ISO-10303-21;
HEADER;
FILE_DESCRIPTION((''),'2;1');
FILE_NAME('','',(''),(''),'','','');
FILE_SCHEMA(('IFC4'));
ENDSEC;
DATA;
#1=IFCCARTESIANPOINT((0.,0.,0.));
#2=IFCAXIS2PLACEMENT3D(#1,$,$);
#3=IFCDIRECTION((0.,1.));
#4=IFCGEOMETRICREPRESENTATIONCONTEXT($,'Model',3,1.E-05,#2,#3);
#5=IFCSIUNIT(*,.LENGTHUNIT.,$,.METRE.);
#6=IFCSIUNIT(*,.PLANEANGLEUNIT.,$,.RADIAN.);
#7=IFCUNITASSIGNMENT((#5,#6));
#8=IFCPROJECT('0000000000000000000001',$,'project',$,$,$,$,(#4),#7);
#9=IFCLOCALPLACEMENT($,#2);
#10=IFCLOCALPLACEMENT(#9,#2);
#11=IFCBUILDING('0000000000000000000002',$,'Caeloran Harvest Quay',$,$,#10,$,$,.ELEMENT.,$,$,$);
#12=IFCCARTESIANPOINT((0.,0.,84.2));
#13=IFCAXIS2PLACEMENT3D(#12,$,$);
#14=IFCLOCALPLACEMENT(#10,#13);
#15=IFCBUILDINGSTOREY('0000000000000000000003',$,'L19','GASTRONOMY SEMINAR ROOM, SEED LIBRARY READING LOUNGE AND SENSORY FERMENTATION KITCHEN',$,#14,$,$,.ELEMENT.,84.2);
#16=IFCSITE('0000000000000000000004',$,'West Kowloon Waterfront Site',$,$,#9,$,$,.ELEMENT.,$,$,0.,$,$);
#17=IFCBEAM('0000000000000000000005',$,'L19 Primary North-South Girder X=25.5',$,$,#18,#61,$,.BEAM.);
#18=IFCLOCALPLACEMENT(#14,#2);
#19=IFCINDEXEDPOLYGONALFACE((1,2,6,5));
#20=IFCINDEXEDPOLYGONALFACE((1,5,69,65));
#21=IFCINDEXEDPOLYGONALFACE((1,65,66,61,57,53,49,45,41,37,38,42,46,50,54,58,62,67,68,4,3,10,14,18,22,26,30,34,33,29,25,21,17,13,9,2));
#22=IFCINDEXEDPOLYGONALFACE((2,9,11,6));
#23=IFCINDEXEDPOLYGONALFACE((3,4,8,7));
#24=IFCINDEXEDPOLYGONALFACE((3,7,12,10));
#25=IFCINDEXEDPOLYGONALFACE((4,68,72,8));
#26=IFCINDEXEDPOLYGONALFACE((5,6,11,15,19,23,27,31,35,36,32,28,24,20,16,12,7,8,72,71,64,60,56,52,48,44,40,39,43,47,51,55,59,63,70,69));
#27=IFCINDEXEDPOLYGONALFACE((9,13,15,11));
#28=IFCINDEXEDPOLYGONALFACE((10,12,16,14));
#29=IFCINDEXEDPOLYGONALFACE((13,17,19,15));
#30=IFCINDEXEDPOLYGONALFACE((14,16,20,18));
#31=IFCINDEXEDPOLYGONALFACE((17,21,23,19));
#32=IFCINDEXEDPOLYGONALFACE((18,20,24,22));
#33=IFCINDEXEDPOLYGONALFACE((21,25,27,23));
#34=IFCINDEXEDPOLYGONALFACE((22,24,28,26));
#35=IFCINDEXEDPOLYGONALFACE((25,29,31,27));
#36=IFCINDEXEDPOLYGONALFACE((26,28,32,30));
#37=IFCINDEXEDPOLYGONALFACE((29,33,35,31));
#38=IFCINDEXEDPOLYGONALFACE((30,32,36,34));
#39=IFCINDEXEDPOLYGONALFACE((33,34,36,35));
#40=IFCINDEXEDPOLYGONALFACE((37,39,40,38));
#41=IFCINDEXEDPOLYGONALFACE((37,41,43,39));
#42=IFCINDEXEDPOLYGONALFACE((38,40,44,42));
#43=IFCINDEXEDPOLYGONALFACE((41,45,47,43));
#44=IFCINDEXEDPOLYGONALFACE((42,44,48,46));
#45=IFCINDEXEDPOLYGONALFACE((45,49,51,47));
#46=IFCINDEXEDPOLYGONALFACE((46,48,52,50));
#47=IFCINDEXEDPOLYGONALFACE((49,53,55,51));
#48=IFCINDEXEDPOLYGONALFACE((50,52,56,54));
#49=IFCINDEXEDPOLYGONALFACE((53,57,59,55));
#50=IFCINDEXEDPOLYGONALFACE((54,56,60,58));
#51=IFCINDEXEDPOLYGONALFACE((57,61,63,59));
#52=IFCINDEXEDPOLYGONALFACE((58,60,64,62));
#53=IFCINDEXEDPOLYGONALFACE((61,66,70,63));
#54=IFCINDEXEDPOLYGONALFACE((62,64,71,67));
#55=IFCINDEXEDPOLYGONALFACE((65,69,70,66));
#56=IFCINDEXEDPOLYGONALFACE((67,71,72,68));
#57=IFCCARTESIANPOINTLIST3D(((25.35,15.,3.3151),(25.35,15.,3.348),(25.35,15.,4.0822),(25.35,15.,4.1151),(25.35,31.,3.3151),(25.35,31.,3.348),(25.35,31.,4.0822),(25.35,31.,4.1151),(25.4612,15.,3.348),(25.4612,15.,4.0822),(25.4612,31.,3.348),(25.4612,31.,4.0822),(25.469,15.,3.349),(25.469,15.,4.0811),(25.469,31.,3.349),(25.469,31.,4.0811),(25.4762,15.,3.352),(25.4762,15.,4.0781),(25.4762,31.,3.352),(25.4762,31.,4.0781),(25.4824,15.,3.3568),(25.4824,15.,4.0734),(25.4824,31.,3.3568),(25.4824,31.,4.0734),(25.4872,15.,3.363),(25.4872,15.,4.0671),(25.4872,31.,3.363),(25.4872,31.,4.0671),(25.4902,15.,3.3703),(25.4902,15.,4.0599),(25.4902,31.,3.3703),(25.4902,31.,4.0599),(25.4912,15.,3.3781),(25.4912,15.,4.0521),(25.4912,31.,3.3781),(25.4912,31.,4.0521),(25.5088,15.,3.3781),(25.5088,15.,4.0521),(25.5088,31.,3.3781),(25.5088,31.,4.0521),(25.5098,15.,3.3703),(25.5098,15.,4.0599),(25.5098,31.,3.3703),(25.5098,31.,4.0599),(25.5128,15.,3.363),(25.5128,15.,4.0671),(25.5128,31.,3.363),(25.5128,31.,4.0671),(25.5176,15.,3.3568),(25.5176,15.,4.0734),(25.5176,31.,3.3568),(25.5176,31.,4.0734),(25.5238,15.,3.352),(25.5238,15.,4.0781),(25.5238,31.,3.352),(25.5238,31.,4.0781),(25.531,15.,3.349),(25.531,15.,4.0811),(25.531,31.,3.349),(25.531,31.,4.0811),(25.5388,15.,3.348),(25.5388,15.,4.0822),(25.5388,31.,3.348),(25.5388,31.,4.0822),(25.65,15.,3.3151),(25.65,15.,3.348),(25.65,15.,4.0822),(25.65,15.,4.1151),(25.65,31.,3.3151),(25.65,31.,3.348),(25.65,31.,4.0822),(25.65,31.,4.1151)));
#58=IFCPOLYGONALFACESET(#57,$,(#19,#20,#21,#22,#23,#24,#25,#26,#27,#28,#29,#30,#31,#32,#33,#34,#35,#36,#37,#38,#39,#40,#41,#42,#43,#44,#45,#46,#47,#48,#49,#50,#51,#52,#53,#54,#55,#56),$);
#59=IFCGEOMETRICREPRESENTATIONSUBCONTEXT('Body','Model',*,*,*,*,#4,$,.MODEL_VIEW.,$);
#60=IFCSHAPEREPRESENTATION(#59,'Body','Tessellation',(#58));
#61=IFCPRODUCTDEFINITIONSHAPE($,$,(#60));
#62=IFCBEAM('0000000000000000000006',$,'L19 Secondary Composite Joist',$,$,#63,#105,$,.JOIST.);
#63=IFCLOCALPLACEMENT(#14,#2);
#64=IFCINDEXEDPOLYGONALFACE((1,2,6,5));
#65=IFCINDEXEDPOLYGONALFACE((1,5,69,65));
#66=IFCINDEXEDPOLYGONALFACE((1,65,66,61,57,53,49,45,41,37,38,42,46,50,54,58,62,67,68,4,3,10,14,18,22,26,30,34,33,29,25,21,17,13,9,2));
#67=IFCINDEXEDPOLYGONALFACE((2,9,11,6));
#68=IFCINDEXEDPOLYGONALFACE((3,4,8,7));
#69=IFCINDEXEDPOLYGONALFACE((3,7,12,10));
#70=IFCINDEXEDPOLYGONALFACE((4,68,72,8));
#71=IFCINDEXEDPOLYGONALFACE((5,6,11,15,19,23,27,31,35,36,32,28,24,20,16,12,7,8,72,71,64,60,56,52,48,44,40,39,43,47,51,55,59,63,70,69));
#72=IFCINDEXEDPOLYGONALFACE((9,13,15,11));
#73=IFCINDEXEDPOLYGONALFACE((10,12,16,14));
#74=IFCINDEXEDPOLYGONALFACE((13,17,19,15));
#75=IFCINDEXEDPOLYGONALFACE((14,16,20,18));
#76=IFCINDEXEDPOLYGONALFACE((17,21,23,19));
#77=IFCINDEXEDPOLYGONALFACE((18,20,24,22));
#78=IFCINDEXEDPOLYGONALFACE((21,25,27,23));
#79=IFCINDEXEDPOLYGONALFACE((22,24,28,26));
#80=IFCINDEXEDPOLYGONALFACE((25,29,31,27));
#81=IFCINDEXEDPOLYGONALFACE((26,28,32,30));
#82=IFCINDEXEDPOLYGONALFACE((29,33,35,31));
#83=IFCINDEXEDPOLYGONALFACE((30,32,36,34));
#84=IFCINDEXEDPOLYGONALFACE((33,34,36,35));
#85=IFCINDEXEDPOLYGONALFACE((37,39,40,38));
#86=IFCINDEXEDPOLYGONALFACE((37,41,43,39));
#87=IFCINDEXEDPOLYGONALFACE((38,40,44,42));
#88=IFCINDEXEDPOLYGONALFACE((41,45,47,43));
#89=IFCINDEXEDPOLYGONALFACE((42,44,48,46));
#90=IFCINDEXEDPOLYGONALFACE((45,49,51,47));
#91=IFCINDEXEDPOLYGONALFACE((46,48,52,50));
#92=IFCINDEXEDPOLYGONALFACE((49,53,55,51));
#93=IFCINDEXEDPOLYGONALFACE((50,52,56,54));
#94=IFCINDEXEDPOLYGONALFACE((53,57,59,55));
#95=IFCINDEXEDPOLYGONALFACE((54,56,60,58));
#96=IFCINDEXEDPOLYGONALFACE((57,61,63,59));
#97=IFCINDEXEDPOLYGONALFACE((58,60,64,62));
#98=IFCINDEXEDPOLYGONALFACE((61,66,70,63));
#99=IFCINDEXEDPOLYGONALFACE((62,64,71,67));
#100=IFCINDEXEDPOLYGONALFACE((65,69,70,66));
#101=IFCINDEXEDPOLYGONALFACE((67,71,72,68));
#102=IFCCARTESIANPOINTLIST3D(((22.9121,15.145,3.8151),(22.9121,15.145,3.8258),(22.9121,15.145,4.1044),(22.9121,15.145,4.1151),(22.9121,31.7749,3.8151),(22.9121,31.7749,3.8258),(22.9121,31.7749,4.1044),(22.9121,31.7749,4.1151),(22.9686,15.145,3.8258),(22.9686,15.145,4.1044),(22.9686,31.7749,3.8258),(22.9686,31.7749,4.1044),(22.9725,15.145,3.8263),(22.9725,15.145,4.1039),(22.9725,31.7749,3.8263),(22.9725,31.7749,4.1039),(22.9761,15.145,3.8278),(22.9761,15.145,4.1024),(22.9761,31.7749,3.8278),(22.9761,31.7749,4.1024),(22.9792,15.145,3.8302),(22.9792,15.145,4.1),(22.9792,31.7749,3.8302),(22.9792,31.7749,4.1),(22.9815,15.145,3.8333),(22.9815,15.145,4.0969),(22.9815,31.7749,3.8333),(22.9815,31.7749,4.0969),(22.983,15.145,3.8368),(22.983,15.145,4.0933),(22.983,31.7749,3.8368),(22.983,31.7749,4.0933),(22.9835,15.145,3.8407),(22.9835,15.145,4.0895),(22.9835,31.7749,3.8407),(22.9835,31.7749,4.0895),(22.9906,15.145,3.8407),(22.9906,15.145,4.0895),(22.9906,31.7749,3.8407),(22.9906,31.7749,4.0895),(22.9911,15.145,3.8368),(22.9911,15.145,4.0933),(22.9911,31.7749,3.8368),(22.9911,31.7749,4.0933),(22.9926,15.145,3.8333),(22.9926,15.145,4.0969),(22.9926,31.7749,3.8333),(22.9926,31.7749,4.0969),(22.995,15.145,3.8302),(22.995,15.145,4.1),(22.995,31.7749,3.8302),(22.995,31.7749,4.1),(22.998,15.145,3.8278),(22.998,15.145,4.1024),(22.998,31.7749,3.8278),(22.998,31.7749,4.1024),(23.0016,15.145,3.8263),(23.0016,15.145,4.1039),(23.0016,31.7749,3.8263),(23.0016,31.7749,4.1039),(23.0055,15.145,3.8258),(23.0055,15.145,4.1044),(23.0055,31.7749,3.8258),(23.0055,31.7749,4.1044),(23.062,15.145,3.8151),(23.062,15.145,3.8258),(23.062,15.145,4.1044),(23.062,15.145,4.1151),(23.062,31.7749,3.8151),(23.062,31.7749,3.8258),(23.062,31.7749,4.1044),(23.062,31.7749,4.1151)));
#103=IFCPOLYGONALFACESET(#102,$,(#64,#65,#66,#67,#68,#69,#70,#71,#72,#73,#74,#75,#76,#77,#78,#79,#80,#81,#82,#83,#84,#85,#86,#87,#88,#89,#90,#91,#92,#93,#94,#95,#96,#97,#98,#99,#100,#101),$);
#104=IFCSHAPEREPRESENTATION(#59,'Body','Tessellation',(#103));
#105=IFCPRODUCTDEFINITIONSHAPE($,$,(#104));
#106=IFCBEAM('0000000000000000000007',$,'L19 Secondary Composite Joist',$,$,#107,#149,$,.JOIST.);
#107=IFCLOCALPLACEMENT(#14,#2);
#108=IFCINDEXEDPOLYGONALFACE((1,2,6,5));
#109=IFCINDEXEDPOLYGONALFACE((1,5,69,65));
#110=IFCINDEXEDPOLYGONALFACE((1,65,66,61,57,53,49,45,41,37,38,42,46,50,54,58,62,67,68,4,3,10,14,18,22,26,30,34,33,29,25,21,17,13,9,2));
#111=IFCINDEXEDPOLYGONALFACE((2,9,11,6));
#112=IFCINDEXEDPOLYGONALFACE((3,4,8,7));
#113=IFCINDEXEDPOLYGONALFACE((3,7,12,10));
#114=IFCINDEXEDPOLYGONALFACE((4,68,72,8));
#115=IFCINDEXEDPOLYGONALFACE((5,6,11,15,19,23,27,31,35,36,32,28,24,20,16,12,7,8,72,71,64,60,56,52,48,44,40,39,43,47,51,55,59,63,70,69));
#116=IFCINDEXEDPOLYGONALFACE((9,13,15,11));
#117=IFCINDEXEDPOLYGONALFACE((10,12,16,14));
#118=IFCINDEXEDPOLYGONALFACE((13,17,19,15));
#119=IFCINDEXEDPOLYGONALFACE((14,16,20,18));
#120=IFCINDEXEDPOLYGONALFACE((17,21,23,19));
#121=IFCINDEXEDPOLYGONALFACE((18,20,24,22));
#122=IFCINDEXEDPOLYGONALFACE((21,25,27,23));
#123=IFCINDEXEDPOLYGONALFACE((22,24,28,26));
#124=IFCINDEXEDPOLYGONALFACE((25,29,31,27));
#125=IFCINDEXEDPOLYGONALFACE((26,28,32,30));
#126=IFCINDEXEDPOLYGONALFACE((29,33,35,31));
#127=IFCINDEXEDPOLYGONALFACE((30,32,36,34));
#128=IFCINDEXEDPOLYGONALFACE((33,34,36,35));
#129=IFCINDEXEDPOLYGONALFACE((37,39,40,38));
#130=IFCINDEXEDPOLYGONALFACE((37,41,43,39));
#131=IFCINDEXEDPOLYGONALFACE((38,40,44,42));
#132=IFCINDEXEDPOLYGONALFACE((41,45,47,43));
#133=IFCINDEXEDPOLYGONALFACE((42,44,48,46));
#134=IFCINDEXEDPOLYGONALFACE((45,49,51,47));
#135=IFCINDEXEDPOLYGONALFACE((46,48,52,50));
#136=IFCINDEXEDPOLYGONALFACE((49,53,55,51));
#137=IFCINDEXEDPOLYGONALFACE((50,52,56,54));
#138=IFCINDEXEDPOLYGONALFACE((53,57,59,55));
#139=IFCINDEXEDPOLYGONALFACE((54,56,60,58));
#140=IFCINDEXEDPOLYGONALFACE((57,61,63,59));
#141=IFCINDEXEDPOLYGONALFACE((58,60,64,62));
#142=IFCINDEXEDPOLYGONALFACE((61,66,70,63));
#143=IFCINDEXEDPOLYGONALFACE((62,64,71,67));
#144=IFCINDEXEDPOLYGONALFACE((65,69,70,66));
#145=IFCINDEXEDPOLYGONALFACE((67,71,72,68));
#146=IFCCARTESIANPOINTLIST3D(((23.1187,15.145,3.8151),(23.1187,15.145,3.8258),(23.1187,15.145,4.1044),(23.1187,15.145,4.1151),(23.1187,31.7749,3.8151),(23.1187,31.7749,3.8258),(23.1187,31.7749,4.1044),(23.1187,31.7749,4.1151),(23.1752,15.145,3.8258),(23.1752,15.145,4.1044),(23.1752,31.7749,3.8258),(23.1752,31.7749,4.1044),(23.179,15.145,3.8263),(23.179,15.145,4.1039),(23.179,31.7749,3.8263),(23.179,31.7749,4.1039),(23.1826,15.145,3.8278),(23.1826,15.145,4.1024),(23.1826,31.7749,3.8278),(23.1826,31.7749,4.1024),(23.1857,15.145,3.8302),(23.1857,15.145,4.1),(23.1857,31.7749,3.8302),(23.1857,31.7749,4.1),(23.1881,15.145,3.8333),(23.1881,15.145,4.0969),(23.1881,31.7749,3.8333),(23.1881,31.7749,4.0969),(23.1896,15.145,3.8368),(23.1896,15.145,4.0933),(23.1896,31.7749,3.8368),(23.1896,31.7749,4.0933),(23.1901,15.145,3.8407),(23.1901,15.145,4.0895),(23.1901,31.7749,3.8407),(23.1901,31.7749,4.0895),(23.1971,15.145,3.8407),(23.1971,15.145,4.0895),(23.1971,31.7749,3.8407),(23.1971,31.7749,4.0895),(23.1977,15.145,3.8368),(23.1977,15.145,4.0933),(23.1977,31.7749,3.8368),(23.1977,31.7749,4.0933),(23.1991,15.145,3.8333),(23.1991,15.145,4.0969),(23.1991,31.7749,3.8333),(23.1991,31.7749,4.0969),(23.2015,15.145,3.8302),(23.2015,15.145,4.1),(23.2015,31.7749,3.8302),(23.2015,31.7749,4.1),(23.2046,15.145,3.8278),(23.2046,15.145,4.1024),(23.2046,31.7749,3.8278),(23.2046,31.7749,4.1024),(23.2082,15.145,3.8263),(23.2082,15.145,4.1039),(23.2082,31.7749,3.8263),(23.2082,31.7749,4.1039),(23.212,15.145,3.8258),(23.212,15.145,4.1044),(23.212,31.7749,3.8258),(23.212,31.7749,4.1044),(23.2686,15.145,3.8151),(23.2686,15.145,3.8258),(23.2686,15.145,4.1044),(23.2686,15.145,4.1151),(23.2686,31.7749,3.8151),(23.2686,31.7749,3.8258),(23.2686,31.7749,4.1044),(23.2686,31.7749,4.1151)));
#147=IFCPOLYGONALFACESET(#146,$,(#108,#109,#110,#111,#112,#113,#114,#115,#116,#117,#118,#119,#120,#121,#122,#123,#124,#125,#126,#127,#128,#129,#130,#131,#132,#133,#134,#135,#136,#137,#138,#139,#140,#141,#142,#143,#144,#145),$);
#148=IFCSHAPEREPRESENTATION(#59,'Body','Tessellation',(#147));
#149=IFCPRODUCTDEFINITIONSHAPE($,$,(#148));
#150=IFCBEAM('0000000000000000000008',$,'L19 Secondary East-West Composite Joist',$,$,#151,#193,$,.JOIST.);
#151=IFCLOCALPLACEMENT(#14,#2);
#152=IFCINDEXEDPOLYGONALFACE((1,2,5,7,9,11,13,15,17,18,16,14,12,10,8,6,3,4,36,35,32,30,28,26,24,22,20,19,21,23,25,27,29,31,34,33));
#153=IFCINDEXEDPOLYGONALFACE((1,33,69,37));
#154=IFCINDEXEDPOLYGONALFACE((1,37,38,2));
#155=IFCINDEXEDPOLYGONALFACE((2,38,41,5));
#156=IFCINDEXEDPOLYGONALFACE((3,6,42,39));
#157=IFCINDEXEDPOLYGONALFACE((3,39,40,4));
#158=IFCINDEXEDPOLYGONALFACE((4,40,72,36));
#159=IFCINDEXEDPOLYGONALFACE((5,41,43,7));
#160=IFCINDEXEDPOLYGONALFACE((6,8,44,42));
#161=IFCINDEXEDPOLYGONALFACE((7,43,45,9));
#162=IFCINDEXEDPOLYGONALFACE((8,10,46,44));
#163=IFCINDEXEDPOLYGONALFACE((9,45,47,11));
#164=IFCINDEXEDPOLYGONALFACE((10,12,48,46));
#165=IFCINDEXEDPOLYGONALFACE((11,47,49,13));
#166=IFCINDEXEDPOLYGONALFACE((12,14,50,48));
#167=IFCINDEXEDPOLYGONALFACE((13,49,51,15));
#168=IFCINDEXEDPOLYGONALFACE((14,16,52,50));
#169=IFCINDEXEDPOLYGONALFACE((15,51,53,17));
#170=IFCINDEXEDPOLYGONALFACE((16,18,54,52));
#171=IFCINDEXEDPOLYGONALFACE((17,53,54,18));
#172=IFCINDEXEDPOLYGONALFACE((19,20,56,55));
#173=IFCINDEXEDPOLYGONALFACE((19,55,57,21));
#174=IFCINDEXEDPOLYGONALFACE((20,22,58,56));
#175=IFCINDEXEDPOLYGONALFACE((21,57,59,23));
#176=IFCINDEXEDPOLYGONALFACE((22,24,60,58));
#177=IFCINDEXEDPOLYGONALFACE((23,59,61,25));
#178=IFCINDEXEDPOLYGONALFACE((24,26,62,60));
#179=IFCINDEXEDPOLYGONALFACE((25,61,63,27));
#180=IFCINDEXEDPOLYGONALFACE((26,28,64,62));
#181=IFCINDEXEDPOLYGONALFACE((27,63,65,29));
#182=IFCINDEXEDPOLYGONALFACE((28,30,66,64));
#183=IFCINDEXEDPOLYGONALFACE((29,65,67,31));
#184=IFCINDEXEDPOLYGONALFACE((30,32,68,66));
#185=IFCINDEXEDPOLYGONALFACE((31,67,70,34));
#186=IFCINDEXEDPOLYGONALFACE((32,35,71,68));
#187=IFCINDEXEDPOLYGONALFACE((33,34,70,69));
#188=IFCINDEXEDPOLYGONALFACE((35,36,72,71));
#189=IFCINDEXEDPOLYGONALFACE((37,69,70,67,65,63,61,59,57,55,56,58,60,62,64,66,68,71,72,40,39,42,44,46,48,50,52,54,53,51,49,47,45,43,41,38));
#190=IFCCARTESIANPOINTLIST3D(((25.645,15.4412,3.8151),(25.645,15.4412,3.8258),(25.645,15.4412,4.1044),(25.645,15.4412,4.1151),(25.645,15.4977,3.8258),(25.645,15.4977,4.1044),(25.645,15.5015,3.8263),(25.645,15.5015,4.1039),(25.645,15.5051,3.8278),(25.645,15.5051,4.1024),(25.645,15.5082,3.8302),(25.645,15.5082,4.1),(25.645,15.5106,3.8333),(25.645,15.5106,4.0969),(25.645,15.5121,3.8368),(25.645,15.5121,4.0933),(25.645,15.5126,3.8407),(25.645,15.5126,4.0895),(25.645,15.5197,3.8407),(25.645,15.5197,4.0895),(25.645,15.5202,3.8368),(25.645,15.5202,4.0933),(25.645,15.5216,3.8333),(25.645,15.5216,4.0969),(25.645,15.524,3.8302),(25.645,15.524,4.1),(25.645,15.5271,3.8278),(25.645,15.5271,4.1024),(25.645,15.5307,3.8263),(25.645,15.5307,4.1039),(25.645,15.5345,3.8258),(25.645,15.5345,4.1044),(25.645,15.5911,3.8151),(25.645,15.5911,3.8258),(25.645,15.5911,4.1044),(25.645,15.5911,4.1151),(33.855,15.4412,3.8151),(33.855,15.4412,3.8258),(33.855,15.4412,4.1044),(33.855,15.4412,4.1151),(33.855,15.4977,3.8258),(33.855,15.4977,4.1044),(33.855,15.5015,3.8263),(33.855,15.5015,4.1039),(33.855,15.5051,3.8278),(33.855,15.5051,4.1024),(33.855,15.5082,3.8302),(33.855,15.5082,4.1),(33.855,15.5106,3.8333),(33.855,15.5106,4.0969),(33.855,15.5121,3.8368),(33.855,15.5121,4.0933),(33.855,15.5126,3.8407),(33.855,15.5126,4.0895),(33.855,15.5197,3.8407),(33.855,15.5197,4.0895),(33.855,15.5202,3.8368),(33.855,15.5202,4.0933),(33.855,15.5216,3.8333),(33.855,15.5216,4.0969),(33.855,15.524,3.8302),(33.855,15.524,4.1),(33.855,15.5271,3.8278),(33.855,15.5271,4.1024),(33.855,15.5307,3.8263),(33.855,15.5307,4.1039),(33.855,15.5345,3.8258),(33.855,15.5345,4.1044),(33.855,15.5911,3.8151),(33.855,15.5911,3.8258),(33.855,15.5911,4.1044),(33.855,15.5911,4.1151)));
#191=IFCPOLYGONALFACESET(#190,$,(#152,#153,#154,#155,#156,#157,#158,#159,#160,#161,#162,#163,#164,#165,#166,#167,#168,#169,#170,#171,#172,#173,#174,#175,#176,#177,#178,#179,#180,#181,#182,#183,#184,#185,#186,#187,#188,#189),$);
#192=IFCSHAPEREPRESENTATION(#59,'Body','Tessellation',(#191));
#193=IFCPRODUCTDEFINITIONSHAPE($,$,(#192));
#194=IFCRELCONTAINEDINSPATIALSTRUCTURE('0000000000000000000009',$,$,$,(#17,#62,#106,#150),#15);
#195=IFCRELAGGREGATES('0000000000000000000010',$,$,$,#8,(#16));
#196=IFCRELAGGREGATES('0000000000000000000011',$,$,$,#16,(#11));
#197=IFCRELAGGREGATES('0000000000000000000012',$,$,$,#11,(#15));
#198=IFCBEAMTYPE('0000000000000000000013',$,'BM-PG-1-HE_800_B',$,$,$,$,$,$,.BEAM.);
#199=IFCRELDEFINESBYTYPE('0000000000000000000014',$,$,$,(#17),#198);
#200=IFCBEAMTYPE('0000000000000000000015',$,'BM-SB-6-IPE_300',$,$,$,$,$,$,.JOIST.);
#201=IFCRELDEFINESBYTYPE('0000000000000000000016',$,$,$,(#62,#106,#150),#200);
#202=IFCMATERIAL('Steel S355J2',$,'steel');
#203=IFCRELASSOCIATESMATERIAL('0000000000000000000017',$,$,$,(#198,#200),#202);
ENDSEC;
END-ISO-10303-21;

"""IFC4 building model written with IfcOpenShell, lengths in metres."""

from ifc_helpers import new_model, si_unit, direction, frame, origin, origin_2d, place, context, subcontext, project, spatial, i_section, extrude, material, material_profile, profile_set, type_object, element, save


model = new_model("IFC4")

# Units and contexts
model_context = context("Model", 3, precision=1e-05, world=origin(), true_north=direction((0.0, 1.0)))
body_context = subcontext(model_context, "Body", "Model", "MODEL_VIEW")
ifc_project = project(units=[si_unit("LENGTHUNIT", "METRE"), si_unit("PLANEANGLEUNIT", "RADIAN")], contexts=[model_context])

# Site, building, storey
site_placement = place(None, origin())
site = spatial("IfcSite", under=ifc_project, at=site_placement, Name="West Kowloon Waterfront Site", CompositionType="ELEMENT", RefElevation=0.0)
building_placement = place(site_placement, origin())
building = spatial("IfcBuilding", under=site, at=building_placement, Name="Caeloran Harvest Quay", CompositionType="ELEMENT")
storey_placement = place(building_placement, frame((0.0, 0.0, 84.2)))
storey = spatial("IfcBuildingStorey", under=building, at=storey_placement, Name="L19", Description="GASTRONOMY SEMINAR ROOM, SEED LIBRARY READING LOUNGE AND SENSORY FERMENTATION KITCHEN", CompositionType="ELEMENT", Elevation=84.2)

# Beams
ifc_material_1 = material(Name="Steel S355J2", Category="steel")
ifc_material_profile_1 = material_profile(ifc_material_1, i_section(OverallWidth=0.3, OverallDepth=0.8, WebThickness=0.0176, FlangeThickness=0.033, FilletRadius=0.03, at=origin_2d()), Name="HE 800 B")
ifc_profile_set_1 = profile_set([ifc_material_profile_1], Name="Steel S355J2")
beam_type_1 = type_object("IfcBeamType", Name="BM-PG-1-HE_800_B", PredefinedType="BEAM", material=ifc_profile_set_1)
beam_placement = place(storey_placement, frame((25.5, 15.0, 3.7151), z_axis=(0.0, 1.0, 0.0), x_axis=(-1.0, 0.0, 0.0)))
element("IfcBeam", 1, at=beam_placement, inside=storey, type_object=beam_type_1, Name="L19 Primary North-South Girder X=25.5", PredefinedType="BEAM", context=body_context, shape_type="SweptSolid", body=[
    extrude(i_section(OverallWidth=0.3, OverallDepth=0.8, WebThickness=0.0176, FlangeThickness=0.033, FilletRadius=0.03, at=origin_2d()), origin(), (0.0, 0.0, 1.0), 16.0),
])
ifc_material_profile_2 = material_profile(ifc_material_1, i_section(OverallWidth=0.1499, OverallDepth=0.3, WebThickness=0.0071, FlangeThickness=0.0107, FilletRadius=0.0149, at=origin_2d()), Name="IPE 300")
ifc_profile_set_2 = profile_set([ifc_material_profile_2], Name="Steel S355J2")
beam_type_2 = type_object("IfcBeamType", Name="BM-SB-6-IPE_300", PredefinedType="JOIST", material=ifc_profile_set_2)
for number, where, z_axis, x_axis, name in (
    (2, (22.9871, 15.145, 3.9651), (0.0, 1.0, 0.0), (-1.0, 0.0, 0.0), "L19 Secondary Composite Joist"),
    (3, (23.1936, 15.145, 3.9651), (0.0, 1.0, 0.0), (-1.0, 0.0, 0.0), "L19 Secondary Composite Joist"),
):
    element("IfcBeam", number, at=place(storey_placement, frame(where, z_axis=z_axis, x_axis=x_axis)), inside=storey, type_object=beam_type_2, Name=name, PredefinedType="JOIST", context=body_context, shape_type="SweptSolid", body=[
        extrude(i_section(OverallWidth=0.1499, OverallDepth=0.3, WebThickness=0.0071, FlangeThickness=0.0107, FilletRadius=0.0149, at=origin_2d()), origin(), (0.0, 0.0, 1.0), 16.6299),
    ])
for number, where, z_axis, x_axis, name in (
    (4, (25.645, 15.5161, 3.9651), (1.0, 0.0, 0.0), (0.0, 1.0, 0.0), "L19 Secondary East-West Composite Joist"),
):
    element("IfcBeam", number, at=place(storey_placement, frame(where, z_axis=z_axis, x_axis=x_axis)), inside=storey, type_object=beam_type_2, Name=name, PredefinedType="JOIST", context=body_context, shape_type="SweptSolid", body=[
        extrude(i_section(OverallWidth=0.1499, OverallDepth=0.3, WebThickness=0.0071, FlangeThickness=0.0107, FilletRadius=0.0149, at=origin_2d()), origin(), (0.0, 0.0, 1.0), 8.21),
    ])

save(model, "model.ifc")
